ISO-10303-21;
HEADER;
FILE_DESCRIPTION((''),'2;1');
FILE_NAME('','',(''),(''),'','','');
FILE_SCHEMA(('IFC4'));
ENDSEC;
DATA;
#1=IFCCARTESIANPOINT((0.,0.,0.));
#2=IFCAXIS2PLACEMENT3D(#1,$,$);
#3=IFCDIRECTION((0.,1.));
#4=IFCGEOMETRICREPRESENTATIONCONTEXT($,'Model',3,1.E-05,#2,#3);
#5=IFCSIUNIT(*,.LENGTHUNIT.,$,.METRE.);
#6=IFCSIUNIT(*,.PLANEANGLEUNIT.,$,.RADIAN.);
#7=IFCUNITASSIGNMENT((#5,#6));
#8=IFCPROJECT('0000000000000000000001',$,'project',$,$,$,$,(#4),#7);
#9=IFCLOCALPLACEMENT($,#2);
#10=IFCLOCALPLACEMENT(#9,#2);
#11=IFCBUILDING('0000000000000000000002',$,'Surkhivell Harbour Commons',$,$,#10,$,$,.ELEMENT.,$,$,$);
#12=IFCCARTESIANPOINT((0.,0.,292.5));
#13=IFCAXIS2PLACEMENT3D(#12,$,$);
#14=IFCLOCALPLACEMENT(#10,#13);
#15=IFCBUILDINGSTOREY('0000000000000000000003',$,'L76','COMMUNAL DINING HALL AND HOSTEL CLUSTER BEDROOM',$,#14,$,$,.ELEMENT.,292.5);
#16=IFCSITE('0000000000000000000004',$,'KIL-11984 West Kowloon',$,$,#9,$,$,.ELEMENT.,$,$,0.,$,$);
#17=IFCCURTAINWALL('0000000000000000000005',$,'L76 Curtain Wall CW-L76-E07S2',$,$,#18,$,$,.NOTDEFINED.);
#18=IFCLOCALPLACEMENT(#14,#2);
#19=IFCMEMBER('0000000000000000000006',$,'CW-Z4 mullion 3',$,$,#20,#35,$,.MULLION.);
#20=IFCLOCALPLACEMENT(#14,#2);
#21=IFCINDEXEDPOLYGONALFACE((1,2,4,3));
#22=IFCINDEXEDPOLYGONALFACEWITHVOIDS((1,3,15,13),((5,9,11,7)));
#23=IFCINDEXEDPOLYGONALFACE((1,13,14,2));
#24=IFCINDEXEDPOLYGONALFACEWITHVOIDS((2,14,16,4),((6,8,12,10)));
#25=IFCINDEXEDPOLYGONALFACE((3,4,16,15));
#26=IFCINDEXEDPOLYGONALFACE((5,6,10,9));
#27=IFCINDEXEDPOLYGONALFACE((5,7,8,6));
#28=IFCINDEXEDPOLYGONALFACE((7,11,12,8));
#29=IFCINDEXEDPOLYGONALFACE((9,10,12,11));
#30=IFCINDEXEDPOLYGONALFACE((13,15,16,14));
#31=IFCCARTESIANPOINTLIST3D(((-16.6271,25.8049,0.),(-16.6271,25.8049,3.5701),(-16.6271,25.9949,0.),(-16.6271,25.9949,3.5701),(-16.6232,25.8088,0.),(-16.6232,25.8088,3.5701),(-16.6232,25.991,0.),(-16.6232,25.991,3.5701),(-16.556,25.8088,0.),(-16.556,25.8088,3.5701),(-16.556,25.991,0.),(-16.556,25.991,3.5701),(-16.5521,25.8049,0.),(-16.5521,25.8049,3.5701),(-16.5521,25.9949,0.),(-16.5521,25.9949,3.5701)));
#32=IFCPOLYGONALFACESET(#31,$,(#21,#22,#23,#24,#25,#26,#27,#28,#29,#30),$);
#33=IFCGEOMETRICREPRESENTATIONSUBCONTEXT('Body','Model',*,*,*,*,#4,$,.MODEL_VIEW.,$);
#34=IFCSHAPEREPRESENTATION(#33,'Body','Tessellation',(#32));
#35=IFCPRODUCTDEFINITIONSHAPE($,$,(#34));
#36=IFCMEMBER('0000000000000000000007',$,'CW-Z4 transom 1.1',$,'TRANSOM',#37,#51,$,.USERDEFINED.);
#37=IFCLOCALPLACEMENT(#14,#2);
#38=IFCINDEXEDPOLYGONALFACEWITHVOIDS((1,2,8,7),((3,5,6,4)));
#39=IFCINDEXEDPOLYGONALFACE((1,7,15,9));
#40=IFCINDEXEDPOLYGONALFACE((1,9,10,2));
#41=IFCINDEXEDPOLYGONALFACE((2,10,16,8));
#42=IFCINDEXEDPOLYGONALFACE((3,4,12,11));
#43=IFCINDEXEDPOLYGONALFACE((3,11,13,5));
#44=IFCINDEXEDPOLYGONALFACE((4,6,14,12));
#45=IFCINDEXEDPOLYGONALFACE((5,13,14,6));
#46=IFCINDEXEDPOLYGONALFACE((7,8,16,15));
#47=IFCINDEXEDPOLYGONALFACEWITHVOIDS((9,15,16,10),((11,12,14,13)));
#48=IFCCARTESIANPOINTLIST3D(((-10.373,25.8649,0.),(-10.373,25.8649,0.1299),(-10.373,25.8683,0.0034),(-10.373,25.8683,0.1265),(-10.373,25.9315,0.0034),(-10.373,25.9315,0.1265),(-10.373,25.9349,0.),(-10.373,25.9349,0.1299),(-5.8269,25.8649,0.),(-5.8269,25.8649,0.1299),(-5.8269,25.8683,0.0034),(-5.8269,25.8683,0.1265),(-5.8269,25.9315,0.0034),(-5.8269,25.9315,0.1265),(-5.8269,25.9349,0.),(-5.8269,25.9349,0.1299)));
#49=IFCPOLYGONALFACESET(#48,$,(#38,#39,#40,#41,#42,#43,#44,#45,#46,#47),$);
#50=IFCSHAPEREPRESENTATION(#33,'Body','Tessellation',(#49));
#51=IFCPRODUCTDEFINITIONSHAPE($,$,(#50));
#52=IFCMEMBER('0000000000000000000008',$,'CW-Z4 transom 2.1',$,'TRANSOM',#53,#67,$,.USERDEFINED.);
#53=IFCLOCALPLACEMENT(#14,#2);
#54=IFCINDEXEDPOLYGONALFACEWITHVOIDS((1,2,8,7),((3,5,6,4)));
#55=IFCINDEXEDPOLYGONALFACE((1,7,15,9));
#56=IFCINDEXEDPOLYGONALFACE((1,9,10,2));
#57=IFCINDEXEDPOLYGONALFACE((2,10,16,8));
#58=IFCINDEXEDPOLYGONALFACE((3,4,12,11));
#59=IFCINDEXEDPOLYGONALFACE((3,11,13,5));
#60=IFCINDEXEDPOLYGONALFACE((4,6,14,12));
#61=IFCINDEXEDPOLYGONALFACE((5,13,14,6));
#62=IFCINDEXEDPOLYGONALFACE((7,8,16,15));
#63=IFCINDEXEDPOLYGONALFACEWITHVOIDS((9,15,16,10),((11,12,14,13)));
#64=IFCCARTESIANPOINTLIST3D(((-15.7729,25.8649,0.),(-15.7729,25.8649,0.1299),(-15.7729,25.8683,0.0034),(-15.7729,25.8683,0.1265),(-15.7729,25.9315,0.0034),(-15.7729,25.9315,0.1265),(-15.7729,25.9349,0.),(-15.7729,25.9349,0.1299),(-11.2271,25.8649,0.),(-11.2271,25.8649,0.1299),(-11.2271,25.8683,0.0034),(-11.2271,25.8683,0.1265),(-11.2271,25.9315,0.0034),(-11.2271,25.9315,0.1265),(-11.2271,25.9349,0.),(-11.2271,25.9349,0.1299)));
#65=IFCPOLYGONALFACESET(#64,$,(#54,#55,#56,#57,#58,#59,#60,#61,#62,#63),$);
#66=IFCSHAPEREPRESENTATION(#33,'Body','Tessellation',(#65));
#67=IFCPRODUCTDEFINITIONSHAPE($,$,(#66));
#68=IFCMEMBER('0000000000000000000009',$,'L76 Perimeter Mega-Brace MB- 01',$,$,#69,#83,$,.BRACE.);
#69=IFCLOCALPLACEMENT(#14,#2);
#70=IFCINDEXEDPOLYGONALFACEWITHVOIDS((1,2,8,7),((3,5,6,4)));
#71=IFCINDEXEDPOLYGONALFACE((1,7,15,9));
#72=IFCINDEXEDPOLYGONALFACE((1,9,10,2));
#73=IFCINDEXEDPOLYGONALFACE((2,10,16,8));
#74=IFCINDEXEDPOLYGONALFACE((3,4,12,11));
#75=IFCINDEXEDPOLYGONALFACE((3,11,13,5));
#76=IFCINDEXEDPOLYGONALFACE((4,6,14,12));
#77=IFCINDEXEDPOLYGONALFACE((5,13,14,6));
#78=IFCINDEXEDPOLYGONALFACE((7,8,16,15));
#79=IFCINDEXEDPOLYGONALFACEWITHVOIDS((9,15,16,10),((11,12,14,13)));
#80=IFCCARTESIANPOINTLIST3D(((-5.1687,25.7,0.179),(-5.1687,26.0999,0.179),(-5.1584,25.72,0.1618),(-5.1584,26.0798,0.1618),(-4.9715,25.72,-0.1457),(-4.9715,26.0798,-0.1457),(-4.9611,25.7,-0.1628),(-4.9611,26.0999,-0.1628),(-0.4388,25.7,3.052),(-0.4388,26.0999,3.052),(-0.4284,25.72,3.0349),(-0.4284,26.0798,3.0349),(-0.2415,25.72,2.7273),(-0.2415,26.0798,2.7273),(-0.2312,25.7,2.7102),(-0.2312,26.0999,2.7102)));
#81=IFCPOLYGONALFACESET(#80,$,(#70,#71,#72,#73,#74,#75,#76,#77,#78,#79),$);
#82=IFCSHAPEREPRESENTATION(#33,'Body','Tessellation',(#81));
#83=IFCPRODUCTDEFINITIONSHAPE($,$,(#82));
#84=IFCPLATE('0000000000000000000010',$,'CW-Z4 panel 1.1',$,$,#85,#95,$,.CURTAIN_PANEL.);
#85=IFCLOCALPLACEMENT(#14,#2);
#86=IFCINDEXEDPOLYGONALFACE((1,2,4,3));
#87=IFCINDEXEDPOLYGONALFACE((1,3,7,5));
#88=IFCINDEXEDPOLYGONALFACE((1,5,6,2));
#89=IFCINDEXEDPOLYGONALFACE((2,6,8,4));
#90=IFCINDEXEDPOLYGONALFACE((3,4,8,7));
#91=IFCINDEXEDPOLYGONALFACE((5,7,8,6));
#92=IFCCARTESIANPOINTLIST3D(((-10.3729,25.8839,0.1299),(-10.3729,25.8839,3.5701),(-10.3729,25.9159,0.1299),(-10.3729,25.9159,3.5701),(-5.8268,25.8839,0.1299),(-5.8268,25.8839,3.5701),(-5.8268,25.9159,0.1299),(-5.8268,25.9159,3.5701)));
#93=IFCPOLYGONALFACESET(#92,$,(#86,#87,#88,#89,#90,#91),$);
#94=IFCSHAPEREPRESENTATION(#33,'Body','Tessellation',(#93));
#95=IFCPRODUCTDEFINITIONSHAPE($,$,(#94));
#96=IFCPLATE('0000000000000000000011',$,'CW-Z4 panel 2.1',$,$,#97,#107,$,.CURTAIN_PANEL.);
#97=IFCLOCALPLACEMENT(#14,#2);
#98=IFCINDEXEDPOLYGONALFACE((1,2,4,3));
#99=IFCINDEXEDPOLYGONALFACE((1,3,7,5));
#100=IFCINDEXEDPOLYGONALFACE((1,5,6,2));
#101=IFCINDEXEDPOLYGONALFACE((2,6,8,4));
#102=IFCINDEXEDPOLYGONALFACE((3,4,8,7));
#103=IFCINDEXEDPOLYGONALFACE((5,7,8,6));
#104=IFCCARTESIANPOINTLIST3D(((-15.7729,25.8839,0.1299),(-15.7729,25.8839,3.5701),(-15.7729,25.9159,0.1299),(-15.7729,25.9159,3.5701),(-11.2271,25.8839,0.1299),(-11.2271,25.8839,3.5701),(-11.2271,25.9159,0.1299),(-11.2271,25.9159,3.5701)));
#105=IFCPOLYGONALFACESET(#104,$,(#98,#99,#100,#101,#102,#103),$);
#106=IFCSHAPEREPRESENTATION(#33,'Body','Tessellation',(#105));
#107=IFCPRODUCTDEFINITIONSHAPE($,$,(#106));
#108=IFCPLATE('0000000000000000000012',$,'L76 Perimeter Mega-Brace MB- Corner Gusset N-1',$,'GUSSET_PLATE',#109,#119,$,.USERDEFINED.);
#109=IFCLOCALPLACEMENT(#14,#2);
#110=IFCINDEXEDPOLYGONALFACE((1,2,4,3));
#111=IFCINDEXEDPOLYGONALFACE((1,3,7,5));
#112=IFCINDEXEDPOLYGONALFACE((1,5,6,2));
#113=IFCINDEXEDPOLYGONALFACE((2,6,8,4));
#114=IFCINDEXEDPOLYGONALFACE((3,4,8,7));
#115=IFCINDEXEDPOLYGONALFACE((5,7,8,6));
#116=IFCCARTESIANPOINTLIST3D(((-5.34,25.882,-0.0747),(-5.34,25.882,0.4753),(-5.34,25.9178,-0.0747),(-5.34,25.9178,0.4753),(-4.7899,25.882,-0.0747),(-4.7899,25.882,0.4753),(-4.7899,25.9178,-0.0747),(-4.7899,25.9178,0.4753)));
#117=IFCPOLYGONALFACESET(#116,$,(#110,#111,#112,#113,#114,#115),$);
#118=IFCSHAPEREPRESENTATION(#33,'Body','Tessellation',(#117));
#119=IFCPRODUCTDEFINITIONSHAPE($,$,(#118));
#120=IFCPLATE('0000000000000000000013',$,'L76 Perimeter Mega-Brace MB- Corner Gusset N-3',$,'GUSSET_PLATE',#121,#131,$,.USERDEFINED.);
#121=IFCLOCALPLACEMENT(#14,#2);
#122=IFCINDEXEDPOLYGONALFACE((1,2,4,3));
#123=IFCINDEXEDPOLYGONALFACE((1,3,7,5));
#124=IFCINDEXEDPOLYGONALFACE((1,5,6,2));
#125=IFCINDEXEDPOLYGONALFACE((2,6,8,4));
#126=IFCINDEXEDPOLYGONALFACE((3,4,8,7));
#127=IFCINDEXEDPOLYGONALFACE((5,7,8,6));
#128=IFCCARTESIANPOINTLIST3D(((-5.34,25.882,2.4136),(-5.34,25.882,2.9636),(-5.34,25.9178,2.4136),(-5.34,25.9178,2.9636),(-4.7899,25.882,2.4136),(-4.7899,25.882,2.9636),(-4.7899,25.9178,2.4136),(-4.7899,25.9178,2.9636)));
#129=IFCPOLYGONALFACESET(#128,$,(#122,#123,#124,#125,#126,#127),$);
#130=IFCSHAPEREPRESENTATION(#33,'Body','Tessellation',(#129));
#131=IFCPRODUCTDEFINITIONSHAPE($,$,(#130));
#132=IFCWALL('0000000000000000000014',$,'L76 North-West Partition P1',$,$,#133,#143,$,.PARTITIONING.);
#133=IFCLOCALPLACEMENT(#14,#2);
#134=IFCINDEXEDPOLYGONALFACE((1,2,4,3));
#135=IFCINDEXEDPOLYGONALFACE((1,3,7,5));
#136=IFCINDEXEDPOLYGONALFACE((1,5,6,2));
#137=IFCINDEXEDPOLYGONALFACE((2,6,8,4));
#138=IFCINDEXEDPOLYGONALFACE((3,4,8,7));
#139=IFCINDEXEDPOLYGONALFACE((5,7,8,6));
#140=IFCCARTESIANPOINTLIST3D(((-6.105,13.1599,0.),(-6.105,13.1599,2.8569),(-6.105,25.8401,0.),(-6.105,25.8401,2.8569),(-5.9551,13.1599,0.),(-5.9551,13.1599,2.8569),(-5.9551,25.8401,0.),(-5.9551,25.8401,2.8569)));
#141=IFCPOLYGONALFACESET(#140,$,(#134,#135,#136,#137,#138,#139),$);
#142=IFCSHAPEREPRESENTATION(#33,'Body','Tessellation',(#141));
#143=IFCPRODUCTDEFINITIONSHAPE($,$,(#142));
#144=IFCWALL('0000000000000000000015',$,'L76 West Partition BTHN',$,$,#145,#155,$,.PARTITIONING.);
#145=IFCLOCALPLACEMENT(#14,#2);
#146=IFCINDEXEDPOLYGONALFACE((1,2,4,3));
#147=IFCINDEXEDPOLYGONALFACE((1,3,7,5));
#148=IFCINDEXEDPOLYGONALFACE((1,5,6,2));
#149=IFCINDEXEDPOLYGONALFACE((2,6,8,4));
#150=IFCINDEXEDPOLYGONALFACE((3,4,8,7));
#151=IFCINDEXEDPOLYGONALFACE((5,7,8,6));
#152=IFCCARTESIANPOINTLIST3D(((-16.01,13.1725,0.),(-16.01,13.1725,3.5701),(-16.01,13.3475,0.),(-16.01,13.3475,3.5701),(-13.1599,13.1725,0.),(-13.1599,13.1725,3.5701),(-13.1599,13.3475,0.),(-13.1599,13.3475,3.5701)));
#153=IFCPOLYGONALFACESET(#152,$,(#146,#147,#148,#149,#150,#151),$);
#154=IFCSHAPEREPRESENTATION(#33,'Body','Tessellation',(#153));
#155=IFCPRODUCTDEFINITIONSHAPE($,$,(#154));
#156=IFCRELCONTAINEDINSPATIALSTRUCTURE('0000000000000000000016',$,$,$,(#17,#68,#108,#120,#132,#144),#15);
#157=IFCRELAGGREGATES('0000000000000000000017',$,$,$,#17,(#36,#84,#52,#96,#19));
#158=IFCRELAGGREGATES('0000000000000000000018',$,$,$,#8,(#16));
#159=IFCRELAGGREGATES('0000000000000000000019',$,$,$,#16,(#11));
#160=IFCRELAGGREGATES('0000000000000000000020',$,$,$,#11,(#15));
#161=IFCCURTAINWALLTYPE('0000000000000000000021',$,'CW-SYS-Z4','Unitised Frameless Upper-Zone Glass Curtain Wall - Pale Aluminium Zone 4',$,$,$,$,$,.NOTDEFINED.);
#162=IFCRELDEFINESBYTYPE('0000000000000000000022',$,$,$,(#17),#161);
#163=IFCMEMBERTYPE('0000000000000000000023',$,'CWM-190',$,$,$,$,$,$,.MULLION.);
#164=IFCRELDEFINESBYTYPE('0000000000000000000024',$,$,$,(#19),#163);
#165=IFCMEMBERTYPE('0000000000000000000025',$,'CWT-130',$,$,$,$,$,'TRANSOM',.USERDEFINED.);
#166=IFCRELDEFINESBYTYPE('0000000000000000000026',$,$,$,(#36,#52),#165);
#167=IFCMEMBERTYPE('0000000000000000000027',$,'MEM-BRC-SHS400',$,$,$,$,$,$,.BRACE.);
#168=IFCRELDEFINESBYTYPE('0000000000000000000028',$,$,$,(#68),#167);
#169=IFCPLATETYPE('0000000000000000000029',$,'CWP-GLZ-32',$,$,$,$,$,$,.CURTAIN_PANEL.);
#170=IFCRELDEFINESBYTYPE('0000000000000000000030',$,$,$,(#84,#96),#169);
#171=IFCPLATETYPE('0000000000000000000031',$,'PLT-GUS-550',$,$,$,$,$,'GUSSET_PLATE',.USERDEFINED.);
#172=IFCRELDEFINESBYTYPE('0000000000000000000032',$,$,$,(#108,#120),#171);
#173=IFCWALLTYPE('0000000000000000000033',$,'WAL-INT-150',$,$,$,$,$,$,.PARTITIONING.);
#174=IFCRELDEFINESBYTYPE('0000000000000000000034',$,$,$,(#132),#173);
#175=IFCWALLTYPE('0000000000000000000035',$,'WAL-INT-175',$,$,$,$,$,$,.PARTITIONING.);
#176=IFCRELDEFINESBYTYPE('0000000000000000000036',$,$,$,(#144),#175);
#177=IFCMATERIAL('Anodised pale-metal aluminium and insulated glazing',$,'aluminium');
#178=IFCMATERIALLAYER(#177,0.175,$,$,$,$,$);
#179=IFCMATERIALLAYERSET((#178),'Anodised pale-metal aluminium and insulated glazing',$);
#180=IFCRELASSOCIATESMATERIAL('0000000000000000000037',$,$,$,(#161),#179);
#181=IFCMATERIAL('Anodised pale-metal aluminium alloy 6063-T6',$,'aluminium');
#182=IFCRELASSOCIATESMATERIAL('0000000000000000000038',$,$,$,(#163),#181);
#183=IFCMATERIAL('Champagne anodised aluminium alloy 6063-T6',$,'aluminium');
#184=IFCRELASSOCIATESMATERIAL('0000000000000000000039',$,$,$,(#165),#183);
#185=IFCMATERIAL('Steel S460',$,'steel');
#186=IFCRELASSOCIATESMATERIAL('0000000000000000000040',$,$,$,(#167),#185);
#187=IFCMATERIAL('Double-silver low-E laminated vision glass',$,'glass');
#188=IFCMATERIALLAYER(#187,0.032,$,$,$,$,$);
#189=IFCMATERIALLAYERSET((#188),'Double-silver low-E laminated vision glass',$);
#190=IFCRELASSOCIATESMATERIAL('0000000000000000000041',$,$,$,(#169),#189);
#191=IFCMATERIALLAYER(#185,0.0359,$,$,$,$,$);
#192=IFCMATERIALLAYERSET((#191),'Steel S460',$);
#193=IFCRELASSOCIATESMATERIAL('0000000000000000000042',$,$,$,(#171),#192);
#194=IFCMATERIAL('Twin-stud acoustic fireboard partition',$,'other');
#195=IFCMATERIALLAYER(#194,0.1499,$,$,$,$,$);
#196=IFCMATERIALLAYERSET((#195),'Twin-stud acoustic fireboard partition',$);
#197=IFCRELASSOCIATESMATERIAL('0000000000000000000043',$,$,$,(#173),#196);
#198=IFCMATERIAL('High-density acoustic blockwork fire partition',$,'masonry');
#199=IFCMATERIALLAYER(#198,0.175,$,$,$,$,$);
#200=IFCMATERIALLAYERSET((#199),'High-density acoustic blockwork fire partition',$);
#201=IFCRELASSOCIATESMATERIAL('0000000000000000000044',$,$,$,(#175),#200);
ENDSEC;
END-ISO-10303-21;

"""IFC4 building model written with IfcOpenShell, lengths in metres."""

from ifc_helpers import new_model, si_unit, direction, frame, frame_2d, origin, origin_2d, place, context, subcontext, project, spatial, rectangle, hollow_rectangle, extrude, material, layer, layer_set, material_profile, profile_set, type_object, element, aggregate, save


model = new_model("IFC4")

# Units and contexts
model_context = context("Model", 3, precision=1e-05, world=origin(), true_north=direction((0.0, 1.0)))
body_context = subcontext(model_context, "Body", "Model", "MODEL_VIEW")
ifc_project = project(units=[si_unit("LENGTHUNIT", "METRE"), si_unit("PLANEANGLEUNIT", "RADIAN")], contexts=[model_context])

# Site, building, storey
site_placement = place(None, origin())
site = spatial("IfcSite", under=ifc_project, at=site_placement, Name="KIL-11984 West Kowloon", CompositionType="ELEMENT", RefElevation=0.0)
building_placement = place(site_placement, origin())
building = spatial("IfcBuilding", under=site, at=building_placement, Name="Surkhivell Harbour Commons", CompositionType="ELEMENT")
storey_placement = place(building_placement, frame((0.0, 0.0, 292.5)))
storey = spatial("IfcBuildingStorey", under=building, at=storey_placement, Name="L76", Description="COMMUNAL DINING HALL AND HOSTEL CLUSTER BEDROOM", CompositionType="ELEMENT", Elevation=292.5)

# Curtain wall, members
ifc_material_1 = material(Name="Anodised pale-metal aluminium and insulated glazing", Category="aluminium")
ifc_layer_1 = layer(ifc_material_1, 0.175)
ifc_layer_set_1 = layer_set([ifc_layer_1], Name="Anodised pale-metal aluminium and insulated glazing")
curtain_wall_type = type_object("IfcCurtainWallType", Name="CW-SYS-Z4", Description="Unitised Frameless Upper-Zone Glass Curtain Wall - Pale Aluminium Zone 4", PredefinedType="NOTDEFINED", material=ifc_layer_set_1)
curtain_wall_placement = place(storey_placement, origin())
curtain_wall = element("IfcCurtainWall", 1, at=curtain_wall_placement, inside=storey, type_object=curtain_wall_type, Name="L76 Curtain Wall CW-L76-E07S2", PredefinedType="NOTDEFINED")
ifc_material_2 = material(Name="Anodised pale-metal aluminium alloy 6063-T6", Category="aluminium")
ifc_material_profile_1 = material_profile(ifc_material_2, hollow_rectangle(XDim=0.075, YDim=0.1899, WallThickness=0.0039, at=origin_2d()), Name="ALU-MULL-75x190")
ifc_profile_set_1 = profile_set([ifc_material_profile_1], Name="Anodised pale-metal aluminium alloy 6063-T6")
member_type_1 = type_object("IfcMemberType", Name="CWM-190", PredefinedType="MULLION", material=ifc_profile_set_1)
member_1_placement = place(storey_placement, frame((-16.5896, 25.8999, 0.0), z_axis=(0.0, 0.0, 1.0), x_axis=(-1.0, 0.0, 0.0)))
member_1 = element("IfcMember", 2, at=member_1_placement, type_object=member_type_1, Name="CW-Z4 mullion 3", PredefinedType="MULLION", context=body_context, shape_type="SweptSolid", body=[
    extrude(hollow_rectangle(XDim=0.075, YDim=0.1899, WallThickness=0.0039, at=origin_2d()), origin(), (0.0, 0.0, 1.0), 3.5701),
])
ifc_material_3 = material(Name="Champagne anodised aluminium alloy 6063-T6", Category="aluminium")
ifc_material_profile_2 = material_profile(ifc_material_3, hollow_rectangle(XDim=0.0701, YDim=0.1299, WallThickness=0.0034, at=origin_2d()), Name="ALU-TRAN-70x130")
ifc_profile_set_2 = profile_set([ifc_material_profile_2], Name="Champagne anodised aluminium alloy 6063-T6")
member_type_2 = type_object("IfcMemberType", Name="CWT-130", ElementType="TRANSOM", PredefinedType="USERDEFINED", material=ifc_profile_set_2)
member_2_placement = place(storey_placement, frame((-5.8269, 25.8999, 0.0649), z_axis=(-1.0, 0.0, 0.0), x_axis=(0.0, -1.0, 0.0)))
member_2 = element("IfcMember", 3, at=member_2_placement, type_object=member_type_2, Name="CW-Z4 transom 1.1", ObjectType="TRANSOM", PredefinedType="USERDEFINED", context=body_context, shape_type="SweptSolid", body=[
    extrude(hollow_rectangle(XDim=0.0701, YDim=0.1299, WallThickness=0.0034, at=origin_2d()), origin(), (0.0, 0.0, 1.0), 4.5461),
])
member_3_placement = place(storey_placement, frame((-11.2271, 25.8999, 0.0649), z_axis=(-1.0, 0.0, 0.0), x_axis=(0.0, -1.0, 0.0)))
member_3 = element("IfcMember", 4, at=member_3_placement, type_object=member_type_2, Name="CW-Z4 transom 2.1", ObjectType="TRANSOM", PredefinedType="USERDEFINED", context=body_context, shape_type="SweptSolid", body=[
    extrude(hollow_rectangle(XDim=0.0701, YDim=0.1299, WallThickness=0.0034, at=origin_2d()), origin(), (0.0, 0.0, 1.0), 4.5459),
])

# Member
ifc_material_4 = material(Name="Steel S460", Category="steel")
ifc_material_profile_3 = material_profile(ifc_material_4, hollow_rectangle(XDim=0.3999, YDim=0.3999, WallThickness=0.02, at=origin_2d()), Name="SHS400x400x20")
ifc_profile_set_3 = profile_set([ifc_material_profile_3], Name="Steel S460")
member_type_3 = type_object("IfcMemberType", Name="MEM-BRC-SHS400", PredefinedType="BRACE", material=ifc_profile_set_3)
member_4_placement = place(storey_placement, frame((-5.0649, 25.8999, 0.0081), z_axis=(0.854685, 0.0, 0.519146), x_axis=(0.0, 1.0, 0.0)))
element("IfcMember", 5, at=member_4_placement, inside=storey, type_object=member_type_3, Name="L76 Perimeter Mega-Brace MB- 01", PredefinedType="BRACE", context=body_context, shape_type="SweptSolid", body=[
    extrude(hollow_rectangle(XDim=0.3999, YDim=0.3999, WallThickness=0.02, at=origin_2d()), origin(), (0.0, 0.0, 1.0), 5.5342),
])

# Plates
ifc_material_5 = material(Name="Double-silver low-E laminated vision glass", Category="glass")
ifc_layer_2 = layer(ifc_material_5, 0.032)
ifc_layer_set_2 = layer_set([ifc_layer_2], Name="Double-silver low-E laminated vision glass")
plate_type_1 = type_object("IfcPlateType", Name="CWP-GLZ-32", PredefinedType="CURTAIN_PANEL", material=ifc_layer_set_2)
plate_1_placement = place(storey_placement, frame((-5.8269, 25.8999, 0.1299), z_axis=(0.0, 0.0, 1.0), x_axis=(-1.0, 0.0, 0.0)))
plate_1 = element("IfcPlate", 6, at=plate_1_placement, type_object=plate_type_1, Name="CW-Z4 panel 1.1", PredefinedType="CURTAIN_PANEL", context=body_context, shape_type="SweptSolid", body=[
    extrude(rectangle(XDim=4.5461, YDim=0.032, at=frame_2d((2.2729, 0.0))), origin(), (0.0, 0.0, 1.0), 3.4402),
])
plate_2_placement = place(storey_placement, frame((-11.2271, 25.8999, 0.1299), z_axis=(0.0, 0.0, 1.0), x_axis=(-1.0, 0.0, 0.0)))
plate_2 = element("IfcPlate", 7, at=plate_2_placement, type_object=plate_type_1, Name="CW-Z4 panel 2.1", PredefinedType="CURTAIN_PANEL", context=body_context, shape_type="SweptSolid", body=[
    extrude(rectangle(XDim=4.5459, YDim=0.032, at=frame_2d((2.2729, 0.0))), origin(), (0.0, 0.0, 1.0), 3.4402),
])
aggregate(curtain_wall, [member_2, plate_1, member_3, plate_2, member_1])

# Plates
ifc_layer_3 = layer(ifc_material_4, 0.0359)
ifc_layer_set_3 = layer_set([ifc_layer_3], Name="Steel S460")
plate_type_2 = type_object("IfcPlateType", Name="PLT-GUS-550", ElementType="GUSSET_PLATE", PredefinedType="USERDEFINED", material=ifc_layer_set_3)
for number, where, z_axis, x_axis, name in (
    (8, (-5.0649, 25.8999, -0.0747), (0.0, 0.0, 1.0), (1.0, 0.0, 0.0), "L76 Perimeter Mega-Brace MB- Corner Gusset N-1"),
    (9, (-5.0649, 25.8999, 2.4136), (0.0, 0.0, 1.0), (1.0, 0.0, 0.0), "L76 Perimeter Mega-Brace MB- Corner Gusset N-3"),
):
    element("IfcPlate", number, at=place(storey_placement, frame(where, z_axis=z_axis, x_axis=x_axis)), inside=storey, type_object=plate_type_2, Name=name, ObjectType="GUSSET_PLATE", PredefinedType="USERDEFINED", context=body_context, shape_type="SweptSolid", body=[
        extrude(rectangle(XDim=0.55, YDim=0.0359, at=origin_2d()), origin(), (0.0, 0.0, 1.0), 0.55),
    ])

# Walls
ifc_material_6 = material(Name="Twin-stud acoustic fireboard partition", Category="other")
ifc_layer_4 = layer(ifc_material_6, 0.1499)
ifc_layer_set_4 = layer_set([ifc_layer_4], Name="Twin-stud acoustic fireboard partition")
wall_type_1 = type_object("IfcWallType", Name="WAL-INT-150", PredefinedType="PARTITIONING", material=ifc_layer_set_4)
wall_1_placement = place(storey_placement, frame((-6.03, 13.1599, 0.0), z_axis=(0.0, 0.0, 1.0), x_axis=(0.0, 1.0, 0.0)))
element("IfcWall", 10, at=wall_1_placement, inside=storey, type_object=wall_type_1, Name="L76 North-West Partition P1", PredefinedType="PARTITIONING", context=body_context, shape_type="SweptSolid", body=[
    extrude(rectangle(XDim=12.6802, YDim=0.1499, at=frame_2d((6.3401, 0.0))), origin(), (0.0, 0.0, 1.0), 2.8569),
])
ifc_material_7 = material(Name="High-density acoustic blockwork fire partition", Category="masonry")
ifc_layer_5 = layer(ifc_material_7, 0.175)
ifc_layer_set_5 = layer_set([ifc_layer_5], Name="High-density acoustic blockwork fire partition")
wall_type_2 = type_object("IfcWallType", Name="WAL-INT-175", PredefinedType="PARTITIONING", material=ifc_layer_set_5)
wall_2_placement = place(storey_placement, frame((-16.01, 13.26, 0.0), z_axis=(0.0, 0.0, 1.0), x_axis=(1.0, 0.0, 0.0)))
element("IfcWall", 11, at=wall_2_placement, inside=storey, type_object=wall_type_2, Name="L76 West Partition BTHN", PredefinedType="PARTITIONING", context=body_context, shape_type="SweptSolid", body=[
    extrude(rectangle(XDim=2.8501, YDim=0.175, at=frame_2d((1.425, 0.0))), origin(), (0.0, 0.0, 1.0), 3.5701),
])

save(model, "model.ifc")
